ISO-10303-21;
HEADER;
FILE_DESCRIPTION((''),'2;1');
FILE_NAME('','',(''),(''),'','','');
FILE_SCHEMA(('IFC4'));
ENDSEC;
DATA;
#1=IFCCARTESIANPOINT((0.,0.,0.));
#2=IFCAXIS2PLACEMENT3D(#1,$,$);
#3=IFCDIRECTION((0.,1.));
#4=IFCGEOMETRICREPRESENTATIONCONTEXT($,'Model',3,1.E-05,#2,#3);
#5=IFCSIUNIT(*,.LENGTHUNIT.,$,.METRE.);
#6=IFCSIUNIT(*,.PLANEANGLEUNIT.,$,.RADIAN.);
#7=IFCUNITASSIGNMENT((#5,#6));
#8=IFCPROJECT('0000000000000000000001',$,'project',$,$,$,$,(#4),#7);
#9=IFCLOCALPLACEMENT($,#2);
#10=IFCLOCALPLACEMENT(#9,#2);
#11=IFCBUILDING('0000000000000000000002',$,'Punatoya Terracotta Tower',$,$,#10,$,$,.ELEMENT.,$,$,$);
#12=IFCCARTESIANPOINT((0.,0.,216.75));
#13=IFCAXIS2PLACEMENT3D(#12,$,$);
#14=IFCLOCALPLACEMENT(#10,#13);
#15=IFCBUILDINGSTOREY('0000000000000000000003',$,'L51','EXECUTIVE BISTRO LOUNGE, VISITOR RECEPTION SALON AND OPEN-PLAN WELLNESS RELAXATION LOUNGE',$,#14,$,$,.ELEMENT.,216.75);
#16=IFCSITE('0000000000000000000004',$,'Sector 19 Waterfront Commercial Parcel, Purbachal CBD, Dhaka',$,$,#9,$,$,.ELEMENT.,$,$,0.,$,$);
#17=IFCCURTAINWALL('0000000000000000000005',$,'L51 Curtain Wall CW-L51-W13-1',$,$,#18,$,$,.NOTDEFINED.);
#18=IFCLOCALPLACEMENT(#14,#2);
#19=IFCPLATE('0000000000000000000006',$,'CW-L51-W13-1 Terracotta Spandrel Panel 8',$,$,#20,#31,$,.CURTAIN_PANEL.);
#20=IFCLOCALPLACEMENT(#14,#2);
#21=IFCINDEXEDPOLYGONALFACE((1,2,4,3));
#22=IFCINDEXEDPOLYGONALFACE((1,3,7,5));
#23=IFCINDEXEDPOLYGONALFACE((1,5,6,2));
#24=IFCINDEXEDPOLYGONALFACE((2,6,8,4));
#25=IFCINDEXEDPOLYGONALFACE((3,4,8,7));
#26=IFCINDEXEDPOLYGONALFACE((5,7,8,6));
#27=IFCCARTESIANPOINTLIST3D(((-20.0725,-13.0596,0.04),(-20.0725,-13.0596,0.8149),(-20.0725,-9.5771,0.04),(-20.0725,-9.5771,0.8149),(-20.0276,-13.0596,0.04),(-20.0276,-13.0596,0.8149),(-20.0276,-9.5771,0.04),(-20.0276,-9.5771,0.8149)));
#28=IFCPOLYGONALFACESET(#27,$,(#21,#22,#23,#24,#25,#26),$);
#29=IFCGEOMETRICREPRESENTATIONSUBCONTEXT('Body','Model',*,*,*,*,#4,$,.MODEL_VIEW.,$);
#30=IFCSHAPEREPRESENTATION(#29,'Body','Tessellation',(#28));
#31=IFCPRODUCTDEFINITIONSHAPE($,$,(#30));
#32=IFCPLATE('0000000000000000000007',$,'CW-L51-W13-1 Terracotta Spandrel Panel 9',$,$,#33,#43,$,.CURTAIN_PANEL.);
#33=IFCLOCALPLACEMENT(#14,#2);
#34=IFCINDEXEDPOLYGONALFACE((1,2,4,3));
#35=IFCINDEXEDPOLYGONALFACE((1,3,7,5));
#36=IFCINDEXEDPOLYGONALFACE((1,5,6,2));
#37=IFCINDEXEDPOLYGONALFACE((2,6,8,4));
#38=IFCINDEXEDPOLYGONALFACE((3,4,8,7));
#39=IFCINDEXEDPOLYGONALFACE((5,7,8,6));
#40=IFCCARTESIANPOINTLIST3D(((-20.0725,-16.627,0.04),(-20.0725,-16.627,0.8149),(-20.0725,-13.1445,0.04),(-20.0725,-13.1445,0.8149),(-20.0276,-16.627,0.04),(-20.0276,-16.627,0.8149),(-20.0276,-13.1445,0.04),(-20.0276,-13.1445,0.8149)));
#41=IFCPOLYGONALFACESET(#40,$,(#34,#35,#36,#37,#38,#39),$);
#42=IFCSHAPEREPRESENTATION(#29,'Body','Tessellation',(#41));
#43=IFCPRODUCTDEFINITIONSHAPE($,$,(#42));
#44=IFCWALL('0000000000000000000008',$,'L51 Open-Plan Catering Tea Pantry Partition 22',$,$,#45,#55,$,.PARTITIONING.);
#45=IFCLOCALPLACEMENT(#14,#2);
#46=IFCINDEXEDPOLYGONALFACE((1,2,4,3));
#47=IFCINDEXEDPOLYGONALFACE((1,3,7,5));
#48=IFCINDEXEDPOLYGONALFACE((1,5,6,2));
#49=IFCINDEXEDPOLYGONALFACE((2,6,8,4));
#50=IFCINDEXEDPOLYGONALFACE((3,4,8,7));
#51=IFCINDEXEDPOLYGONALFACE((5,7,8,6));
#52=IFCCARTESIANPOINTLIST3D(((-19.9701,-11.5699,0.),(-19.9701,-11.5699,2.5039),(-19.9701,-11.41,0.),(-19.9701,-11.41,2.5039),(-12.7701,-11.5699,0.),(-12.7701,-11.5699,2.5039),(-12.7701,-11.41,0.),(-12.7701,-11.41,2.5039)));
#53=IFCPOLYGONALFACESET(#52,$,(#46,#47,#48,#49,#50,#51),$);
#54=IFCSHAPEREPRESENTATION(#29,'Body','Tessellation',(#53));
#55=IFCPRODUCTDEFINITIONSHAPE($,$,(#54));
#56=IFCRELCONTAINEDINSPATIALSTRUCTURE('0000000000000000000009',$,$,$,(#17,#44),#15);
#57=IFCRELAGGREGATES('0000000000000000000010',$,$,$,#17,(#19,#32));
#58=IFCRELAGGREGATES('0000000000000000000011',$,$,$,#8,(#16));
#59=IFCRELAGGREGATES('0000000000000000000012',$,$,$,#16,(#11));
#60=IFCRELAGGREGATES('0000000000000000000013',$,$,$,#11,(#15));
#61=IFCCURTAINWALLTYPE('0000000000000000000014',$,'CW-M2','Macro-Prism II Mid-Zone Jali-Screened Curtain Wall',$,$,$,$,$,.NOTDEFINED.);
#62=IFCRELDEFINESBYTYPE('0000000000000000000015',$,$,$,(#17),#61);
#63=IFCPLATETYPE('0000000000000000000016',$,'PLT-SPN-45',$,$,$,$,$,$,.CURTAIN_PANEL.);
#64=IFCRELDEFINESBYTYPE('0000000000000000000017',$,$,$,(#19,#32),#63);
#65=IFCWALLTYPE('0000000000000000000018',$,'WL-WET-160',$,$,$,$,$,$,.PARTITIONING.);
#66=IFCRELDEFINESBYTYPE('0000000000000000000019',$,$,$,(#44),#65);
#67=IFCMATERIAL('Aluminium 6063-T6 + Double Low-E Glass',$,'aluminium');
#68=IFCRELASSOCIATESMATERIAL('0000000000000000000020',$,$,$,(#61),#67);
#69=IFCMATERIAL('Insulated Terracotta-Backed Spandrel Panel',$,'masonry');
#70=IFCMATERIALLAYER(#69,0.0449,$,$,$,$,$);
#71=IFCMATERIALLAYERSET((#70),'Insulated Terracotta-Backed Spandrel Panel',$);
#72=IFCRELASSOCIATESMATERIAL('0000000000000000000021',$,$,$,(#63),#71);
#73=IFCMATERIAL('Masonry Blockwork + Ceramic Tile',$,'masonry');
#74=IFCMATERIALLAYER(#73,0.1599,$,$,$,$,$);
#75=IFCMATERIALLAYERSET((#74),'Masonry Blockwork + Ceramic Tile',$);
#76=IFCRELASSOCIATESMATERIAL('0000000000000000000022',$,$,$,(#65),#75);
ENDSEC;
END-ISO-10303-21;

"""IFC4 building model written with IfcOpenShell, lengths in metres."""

from ifc_helpers import new_model, si_unit, direction, frame, frame_2d, origin, origin_2d, place, context, subcontext, project, spatial, rectangle, extrude, material, layer, layer_set, type_object, element, aggregate, save


model = new_model("IFC4")

# Units and contexts
model_context = context("Model", 3, precision=1e-05, world=origin(), true_north=direction((0.0, 1.0)))
body_context = subcontext(model_context, "Body", "Model", "MODEL_VIEW")
ifc_project = project(units=[si_unit("LENGTHUNIT", "METRE"), si_unit("PLANEANGLEUNIT", "RADIAN")], contexts=[model_context])

# Site, building, storey
site_placement = place(None, origin())
site = spatial("IfcSite", under=ifc_project, at=site_placement, Name="Sector 19 Waterfront Commercial Parcel, Purbachal CBD, Dhaka", CompositionType="ELEMENT", RefElevation=0.0)
building_placement = place(site_placement, origin())
building = spatial("IfcBuilding", under=site, at=building_placement, Name="Punatoya Terracotta Tower", CompositionType="ELEMENT")
storey_placement = place(building_placement, frame((0.0, 0.0, 216.75)))
storey = spatial("IfcBuildingStorey", under=building, at=storey_placement, Name="L51", Description="EXECUTIVE BISTRO LOUNGE, VISITOR RECEPTION SALON AND OPEN-PLAN WELLNESS RELAXATION LOUNGE", CompositionType="ELEMENT", Elevation=216.75)

# Curtain wall, plates
ifc_material_1 = material(Name="Aluminium 6063-T6 + Double Low-E Glass", Category="aluminium")
curtain_wall_type = type_object("IfcCurtainWallType", Name="CW-M2", Description="Macro-Prism II Mid-Zone Jali-Screened Curtain Wall", PredefinedType="NOTDEFINED", material=ifc_material_1)
curtain_wall_placement = place(storey_placement, origin())
curtain_wall = element("IfcCurtainWall", 1, at=curtain_wall_placement, inside=storey, type_object=curtain_wall_type, Name="L51 Curtain Wall CW-L51-W13-1", PredefinedType="NOTDEFINED")
ifc_material_2 = material(Name="Insulated Terracotta-Backed Spandrel Panel", Category="masonry")
ifc_layer_1 = layer(ifc_material_2, 0.0449)
ifc_layer_set_1 = layer_set([ifc_layer_1], Name="Insulated Terracotta-Backed Spandrel Panel")
plate_type_1 = type_object("IfcPlateType", Name="PLT-SPN-45", PredefinedType="CURTAIN_PANEL", material=ifc_layer_set_1)
plate_1_placement = place(storey_placement, frame((-20.05, -11.3184, 0.04), z_axis=(0.0, 0.0, 1.0), x_axis=(0.0, -1.0, 0.0)))
plate_1 = element("IfcPlate", 2, at=plate_1_placement, type_object=plate_type_1, Name="CW-L51-W13-1 Terracotta Spandrel Panel 8", PredefinedType="CURTAIN_PANEL", context=body_context, shape_type="SweptSolid", body=[
    extrude(rectangle(XDim=3.4824, YDim=0.0449, at=origin_2d()), origin(), (0.0, 0.0, 1.0), 0.7749),
])
plate_2_placement = place(storey_placement, frame((-20.05, -14.8857, 0.04), z_axis=(0.0, 0.0, 1.0), x_axis=(0.0, -1.0, 0.0)))
plate_2 = element("IfcPlate", 3, at=plate_2_placement, type_object=plate_type_1, Name="CW-L51-W13-1 Terracotta Spandrel Panel 9", PredefinedType="CURTAIN_PANEL", context=body_context, shape_type="SweptSolid", body=[
    extrude(rectangle(XDim=3.4824, YDim=0.0449, at=origin_2d()), origin(), (0.0, 0.0, 1.0), 0.7749),
])
aggregate(curtain_wall, [plate_1, plate_2])

# Wall
ifc_material_3 = material(Name="Masonry Blockwork + Ceramic Tile", Category="masonry")
ifc_layer_2 = layer(ifc_material_3, 0.1599)
ifc_layer_set_2 = layer_set([ifc_layer_2], Name="Masonry Blockwork + Ceramic Tile")
wall_type = type_object("IfcWallType", Name="WL-WET-160", PredefinedType="PARTITIONING", material=ifc_layer_set_2)
wall_placement = place(storey_placement, frame((-12.77, -11.49, 0.0), z_axis=(0.0, 0.0, 1.0), x_axis=(-1.0, 0.0, 0.0)))
element("IfcWall", 4, at=wall_placement, inside=storey, type_object=wall_type, Name="L51 Open-Plan Catering Tea Pantry Partition 22", PredefinedType="PARTITIONING", context=body_context, shape_type="SweptSolid", body=[
    extrude(rectangle(XDim=7.2, YDim=0.1599, at=frame_2d((3.6001, 0.0))), origin(), (0.0, 0.0, 1.0), 2.5039),
])

save(model, "model.ifc")
